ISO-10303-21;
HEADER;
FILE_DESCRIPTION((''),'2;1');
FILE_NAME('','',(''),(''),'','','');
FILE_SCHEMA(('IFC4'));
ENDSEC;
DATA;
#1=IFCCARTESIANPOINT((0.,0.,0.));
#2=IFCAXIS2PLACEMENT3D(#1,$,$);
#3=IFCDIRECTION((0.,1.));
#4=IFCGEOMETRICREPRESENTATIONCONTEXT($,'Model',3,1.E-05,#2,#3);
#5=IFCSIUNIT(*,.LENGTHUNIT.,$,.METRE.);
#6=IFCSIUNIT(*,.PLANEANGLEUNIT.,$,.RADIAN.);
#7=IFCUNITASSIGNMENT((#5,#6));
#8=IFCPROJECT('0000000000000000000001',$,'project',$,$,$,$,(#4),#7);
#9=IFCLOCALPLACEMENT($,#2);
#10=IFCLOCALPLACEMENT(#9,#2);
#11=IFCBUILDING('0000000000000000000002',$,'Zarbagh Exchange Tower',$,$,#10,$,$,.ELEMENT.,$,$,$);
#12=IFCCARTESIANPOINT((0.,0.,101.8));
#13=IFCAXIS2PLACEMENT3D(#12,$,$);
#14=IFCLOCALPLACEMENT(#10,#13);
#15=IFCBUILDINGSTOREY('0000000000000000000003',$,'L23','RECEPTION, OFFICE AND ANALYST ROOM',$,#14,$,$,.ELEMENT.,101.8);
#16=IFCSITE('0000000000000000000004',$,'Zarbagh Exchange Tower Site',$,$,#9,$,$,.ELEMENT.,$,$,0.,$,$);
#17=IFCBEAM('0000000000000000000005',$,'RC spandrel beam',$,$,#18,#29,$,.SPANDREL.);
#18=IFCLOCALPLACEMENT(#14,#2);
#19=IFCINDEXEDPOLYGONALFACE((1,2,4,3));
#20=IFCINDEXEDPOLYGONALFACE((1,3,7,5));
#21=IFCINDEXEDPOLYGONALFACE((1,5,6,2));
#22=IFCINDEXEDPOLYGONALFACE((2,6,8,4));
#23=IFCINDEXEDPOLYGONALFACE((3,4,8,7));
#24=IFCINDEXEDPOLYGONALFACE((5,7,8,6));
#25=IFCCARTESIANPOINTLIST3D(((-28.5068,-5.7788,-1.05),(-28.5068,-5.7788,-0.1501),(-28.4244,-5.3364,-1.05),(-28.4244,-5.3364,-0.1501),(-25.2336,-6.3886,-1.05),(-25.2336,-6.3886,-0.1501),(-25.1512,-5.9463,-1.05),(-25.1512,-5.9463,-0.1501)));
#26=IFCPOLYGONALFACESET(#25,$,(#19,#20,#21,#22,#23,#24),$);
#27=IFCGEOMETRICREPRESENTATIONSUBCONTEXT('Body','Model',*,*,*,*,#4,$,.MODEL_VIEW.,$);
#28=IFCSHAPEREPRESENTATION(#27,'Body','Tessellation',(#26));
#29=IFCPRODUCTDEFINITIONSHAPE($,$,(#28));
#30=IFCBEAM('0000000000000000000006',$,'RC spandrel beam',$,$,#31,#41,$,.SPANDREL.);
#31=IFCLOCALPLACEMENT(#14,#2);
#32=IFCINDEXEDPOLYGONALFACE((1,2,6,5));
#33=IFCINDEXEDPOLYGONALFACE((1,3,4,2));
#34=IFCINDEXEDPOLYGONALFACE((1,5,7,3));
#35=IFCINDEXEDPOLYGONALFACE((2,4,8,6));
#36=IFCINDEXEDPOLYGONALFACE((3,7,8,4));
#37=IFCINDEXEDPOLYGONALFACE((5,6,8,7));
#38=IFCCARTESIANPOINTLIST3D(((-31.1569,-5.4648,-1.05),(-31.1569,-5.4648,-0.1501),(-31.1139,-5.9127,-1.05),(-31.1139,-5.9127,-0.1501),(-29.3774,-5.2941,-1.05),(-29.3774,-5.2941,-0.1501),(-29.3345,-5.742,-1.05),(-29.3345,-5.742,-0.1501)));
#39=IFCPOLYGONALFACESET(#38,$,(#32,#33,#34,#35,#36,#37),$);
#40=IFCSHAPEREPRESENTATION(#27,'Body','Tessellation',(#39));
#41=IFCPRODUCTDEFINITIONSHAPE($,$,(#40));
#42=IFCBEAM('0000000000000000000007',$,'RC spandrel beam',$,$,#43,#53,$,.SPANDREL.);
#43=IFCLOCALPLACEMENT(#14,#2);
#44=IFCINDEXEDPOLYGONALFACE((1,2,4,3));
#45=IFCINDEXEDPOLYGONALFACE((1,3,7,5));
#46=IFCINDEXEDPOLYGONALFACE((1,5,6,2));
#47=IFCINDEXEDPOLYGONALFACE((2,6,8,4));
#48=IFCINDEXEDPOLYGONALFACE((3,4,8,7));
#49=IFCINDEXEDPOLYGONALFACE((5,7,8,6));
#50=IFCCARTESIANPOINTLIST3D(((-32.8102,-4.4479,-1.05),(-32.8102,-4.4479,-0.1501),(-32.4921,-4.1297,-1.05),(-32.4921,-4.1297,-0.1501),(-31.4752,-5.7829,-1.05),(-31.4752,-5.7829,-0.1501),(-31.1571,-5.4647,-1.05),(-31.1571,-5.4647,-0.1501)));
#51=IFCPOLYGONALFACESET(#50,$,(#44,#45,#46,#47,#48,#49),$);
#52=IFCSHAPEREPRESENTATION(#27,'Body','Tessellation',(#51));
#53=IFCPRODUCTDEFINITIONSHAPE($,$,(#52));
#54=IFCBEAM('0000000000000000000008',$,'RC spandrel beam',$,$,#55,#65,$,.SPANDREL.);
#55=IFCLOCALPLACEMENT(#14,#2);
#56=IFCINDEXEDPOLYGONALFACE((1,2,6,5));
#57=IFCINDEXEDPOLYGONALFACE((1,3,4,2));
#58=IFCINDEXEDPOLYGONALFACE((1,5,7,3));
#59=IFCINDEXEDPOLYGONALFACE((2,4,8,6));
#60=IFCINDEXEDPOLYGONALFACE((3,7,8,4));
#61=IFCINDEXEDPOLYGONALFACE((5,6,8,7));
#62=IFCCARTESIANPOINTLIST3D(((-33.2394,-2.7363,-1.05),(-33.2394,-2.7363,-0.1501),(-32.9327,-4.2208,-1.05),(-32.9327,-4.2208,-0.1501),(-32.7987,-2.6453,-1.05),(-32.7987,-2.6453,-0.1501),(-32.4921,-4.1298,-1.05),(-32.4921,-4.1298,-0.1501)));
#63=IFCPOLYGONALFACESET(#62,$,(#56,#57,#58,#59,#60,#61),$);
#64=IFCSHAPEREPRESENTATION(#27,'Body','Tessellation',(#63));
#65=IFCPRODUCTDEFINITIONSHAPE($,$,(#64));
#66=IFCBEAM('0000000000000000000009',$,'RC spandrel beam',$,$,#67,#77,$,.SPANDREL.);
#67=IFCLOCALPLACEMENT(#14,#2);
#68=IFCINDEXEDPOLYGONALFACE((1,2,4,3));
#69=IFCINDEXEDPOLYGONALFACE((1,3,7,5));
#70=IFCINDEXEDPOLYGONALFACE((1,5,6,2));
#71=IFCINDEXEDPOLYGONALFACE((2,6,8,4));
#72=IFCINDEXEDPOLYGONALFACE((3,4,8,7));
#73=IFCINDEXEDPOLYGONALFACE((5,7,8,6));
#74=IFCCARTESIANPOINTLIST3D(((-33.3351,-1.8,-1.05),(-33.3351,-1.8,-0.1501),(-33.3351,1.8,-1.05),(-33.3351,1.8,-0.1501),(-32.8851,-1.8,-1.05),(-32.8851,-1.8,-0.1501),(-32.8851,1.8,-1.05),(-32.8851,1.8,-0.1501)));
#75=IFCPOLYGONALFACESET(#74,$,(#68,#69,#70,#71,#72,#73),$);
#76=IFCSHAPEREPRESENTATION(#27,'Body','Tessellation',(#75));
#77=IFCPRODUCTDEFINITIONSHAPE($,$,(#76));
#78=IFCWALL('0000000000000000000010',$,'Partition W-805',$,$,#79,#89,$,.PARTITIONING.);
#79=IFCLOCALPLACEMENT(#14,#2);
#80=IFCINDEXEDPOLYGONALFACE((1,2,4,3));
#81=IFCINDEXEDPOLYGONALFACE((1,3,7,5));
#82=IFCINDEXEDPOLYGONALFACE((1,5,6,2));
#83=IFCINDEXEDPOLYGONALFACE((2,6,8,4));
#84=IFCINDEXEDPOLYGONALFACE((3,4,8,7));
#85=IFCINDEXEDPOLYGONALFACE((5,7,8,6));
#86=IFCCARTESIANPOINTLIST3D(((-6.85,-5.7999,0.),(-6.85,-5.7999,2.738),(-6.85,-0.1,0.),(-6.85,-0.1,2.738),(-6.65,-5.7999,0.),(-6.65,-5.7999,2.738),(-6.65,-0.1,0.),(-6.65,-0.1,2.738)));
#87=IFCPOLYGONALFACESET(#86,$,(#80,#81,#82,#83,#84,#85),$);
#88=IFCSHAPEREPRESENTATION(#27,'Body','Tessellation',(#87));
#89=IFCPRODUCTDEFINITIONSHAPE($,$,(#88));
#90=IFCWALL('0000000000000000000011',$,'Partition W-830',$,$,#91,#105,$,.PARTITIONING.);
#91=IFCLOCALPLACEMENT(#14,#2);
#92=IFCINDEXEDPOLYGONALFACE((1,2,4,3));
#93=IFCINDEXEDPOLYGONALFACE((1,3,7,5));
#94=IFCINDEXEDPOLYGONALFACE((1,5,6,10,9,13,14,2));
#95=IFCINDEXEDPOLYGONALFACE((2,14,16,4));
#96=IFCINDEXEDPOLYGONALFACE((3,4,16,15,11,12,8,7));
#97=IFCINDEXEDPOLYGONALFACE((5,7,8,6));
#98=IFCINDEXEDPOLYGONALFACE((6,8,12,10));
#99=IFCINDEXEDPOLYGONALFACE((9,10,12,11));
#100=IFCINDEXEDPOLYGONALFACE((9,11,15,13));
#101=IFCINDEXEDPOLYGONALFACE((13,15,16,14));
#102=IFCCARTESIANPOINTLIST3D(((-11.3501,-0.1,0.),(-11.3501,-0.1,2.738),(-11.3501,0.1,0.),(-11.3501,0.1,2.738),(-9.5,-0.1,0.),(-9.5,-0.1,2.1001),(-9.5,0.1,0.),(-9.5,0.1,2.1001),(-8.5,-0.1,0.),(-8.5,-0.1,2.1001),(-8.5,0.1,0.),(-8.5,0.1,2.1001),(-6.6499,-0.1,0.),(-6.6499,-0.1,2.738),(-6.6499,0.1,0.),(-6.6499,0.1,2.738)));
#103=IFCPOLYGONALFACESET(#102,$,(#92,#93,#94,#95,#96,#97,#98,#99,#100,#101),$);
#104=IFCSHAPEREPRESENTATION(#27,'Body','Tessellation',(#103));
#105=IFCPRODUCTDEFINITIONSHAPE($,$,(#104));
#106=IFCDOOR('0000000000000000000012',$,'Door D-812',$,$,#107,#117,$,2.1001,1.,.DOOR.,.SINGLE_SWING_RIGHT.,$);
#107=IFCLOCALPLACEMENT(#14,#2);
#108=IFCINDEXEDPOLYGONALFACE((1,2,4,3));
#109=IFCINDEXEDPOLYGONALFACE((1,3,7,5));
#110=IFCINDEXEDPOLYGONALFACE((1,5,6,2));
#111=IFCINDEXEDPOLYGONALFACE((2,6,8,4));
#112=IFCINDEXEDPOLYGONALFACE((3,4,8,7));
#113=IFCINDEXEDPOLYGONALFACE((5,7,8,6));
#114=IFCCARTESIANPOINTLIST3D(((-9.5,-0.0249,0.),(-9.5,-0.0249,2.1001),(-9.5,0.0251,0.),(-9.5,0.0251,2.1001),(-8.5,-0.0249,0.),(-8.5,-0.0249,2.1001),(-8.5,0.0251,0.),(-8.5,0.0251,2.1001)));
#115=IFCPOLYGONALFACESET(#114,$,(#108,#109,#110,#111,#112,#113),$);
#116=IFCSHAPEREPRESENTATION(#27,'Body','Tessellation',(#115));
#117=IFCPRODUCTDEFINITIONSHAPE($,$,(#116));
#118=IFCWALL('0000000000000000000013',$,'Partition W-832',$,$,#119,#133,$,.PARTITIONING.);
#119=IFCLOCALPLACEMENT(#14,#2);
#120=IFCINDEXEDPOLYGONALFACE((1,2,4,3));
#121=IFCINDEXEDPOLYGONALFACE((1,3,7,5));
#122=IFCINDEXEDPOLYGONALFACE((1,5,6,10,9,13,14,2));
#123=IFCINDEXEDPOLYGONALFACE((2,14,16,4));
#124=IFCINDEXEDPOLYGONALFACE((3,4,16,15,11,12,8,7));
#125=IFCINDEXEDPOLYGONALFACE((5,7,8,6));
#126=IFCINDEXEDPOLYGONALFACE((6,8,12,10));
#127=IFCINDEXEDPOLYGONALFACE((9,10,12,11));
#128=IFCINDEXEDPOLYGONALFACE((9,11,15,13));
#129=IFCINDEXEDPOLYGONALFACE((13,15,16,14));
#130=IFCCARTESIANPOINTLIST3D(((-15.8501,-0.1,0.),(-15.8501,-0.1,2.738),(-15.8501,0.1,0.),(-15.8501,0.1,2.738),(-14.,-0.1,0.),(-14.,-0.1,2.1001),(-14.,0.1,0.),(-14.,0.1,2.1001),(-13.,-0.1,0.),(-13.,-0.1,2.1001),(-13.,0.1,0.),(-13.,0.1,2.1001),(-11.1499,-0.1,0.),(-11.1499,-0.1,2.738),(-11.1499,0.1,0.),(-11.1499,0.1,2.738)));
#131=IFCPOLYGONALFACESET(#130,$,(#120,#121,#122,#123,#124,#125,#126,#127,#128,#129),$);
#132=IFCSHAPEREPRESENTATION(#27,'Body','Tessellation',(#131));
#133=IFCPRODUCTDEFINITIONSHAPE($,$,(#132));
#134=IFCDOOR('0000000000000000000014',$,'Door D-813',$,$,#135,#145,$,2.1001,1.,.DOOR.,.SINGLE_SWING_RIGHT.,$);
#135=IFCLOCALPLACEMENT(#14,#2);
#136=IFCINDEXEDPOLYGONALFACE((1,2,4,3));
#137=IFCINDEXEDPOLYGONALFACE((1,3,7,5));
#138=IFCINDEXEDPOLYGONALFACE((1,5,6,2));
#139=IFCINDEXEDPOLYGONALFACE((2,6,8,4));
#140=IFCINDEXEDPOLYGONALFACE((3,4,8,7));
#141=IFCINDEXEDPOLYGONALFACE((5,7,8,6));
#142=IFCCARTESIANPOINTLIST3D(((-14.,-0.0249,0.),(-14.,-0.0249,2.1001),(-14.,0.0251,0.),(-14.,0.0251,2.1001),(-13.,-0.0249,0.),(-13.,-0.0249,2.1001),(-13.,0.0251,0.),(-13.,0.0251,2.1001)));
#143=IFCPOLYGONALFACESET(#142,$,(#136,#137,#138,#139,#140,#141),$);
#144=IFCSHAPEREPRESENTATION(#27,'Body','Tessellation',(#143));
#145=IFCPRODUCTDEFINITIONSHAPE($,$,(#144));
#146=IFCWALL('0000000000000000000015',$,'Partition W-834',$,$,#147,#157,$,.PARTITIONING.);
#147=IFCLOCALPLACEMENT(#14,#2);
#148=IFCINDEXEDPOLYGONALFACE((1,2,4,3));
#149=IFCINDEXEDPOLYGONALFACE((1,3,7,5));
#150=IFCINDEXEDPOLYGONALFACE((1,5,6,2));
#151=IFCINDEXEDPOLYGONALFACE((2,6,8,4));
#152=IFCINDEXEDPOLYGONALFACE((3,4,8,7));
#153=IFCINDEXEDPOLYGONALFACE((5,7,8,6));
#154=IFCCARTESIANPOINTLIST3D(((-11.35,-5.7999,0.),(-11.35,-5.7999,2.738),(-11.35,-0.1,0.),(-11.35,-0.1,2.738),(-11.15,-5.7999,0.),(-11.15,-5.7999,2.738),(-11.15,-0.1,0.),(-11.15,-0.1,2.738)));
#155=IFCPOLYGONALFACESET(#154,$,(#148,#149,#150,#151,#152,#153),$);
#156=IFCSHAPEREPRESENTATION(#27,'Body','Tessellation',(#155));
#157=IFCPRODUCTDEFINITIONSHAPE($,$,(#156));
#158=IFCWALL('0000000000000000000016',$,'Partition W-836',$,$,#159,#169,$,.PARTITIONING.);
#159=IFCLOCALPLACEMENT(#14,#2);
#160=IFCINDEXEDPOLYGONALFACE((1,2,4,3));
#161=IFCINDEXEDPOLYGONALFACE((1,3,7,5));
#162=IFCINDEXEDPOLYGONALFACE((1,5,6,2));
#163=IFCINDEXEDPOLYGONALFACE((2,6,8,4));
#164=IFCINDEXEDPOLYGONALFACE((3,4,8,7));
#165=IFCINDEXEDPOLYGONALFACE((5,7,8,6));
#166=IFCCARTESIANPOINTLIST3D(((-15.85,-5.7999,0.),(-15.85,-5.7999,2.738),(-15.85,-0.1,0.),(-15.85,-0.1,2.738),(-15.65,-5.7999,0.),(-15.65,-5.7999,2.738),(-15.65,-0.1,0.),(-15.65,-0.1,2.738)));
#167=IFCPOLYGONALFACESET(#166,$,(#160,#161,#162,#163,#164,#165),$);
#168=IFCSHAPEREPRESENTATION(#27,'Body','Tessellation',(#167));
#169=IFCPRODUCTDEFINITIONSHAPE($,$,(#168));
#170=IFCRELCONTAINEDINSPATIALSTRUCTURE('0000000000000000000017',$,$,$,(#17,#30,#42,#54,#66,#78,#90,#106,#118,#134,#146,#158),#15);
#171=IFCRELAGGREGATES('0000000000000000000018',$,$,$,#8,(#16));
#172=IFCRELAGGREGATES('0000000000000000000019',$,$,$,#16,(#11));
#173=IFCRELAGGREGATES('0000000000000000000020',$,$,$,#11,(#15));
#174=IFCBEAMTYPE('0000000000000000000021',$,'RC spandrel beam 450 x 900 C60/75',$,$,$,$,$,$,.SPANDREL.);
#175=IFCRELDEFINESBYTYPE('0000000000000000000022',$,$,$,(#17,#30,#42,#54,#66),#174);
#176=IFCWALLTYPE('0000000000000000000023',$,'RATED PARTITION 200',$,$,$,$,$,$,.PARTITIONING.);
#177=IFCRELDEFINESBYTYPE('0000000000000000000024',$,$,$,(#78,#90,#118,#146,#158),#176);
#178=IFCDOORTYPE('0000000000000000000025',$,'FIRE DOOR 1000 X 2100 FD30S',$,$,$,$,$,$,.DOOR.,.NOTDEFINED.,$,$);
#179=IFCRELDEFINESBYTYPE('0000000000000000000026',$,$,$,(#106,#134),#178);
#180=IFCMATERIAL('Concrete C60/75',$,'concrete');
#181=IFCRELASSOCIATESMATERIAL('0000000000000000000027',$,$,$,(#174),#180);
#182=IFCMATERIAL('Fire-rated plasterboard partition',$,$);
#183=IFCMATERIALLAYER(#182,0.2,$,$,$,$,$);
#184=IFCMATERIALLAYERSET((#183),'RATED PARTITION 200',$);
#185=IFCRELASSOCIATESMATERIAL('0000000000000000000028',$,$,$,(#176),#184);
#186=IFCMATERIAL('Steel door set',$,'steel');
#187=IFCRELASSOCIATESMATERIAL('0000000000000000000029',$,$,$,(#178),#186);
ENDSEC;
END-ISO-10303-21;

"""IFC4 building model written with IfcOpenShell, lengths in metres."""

from ifc_helpers import new_model, si_unit, direction, frame, frame_2d, origin, origin_2d, place, context, subcontext, project, spatial, rectangle, extrude, material, layer, layer_set, material_profile, profile_set, type_object, element, fill, save


model = new_model("IFC4")

# Units and contexts
model_context = context("Model", 3, precision=1e-05, world=origin(), true_north=direction((0.0, 1.0)))
body_context = subcontext(model_context, "Body", "Model", "MODEL_VIEW")
ifc_project = project(units=[si_unit("LENGTHUNIT", "METRE"), si_unit("PLANEANGLEUNIT", "RADIAN")], contexts=[model_context])

# Site, building, storey
site_placement = place(None, origin())
site = spatial("IfcSite", under=ifc_project, at=site_placement, Name="Zarbagh Exchange Tower Site", CompositionType="ELEMENT", RefElevation=0.0)
building_placement = place(site_placement, origin())
building = spatial("IfcBuilding", under=site, at=building_placement, Name="Zarbagh Exchange Tower", CompositionType="ELEMENT")
storey_placement = place(building_placement, frame((0.0, 0.0, 101.8)))
storey = spatial("IfcBuildingStorey", under=building, at=storey_placement, Name="L23", Description="RECEPTION, OFFICE AND ANALYST ROOM", CompositionType="ELEMENT", Elevation=101.8)

# Shared definitions
ifc_material_1 = material(Name="Concrete C60/75", Category="concrete")

# Beams
ifc_material_profile_1 = material_profile(ifc_material_1, rectangle(XDim=0.45, YDim=0.8999, at=origin_2d()), Name="RC spandrel beam 450 x 900 C60/75")
ifc_profile_set_1 = profile_set([ifc_material_profile_1], Name="Concrete C60/75")
beam_type_1 = type_object("IfcBeamType", Name="RC spandrel beam 450 x 900 C60/75", PredefinedType="SPANDREL", material=ifc_profile_set_1)
beam_1_placement = place(storey_placement, frame((-25.1924, -6.1675, -0.6001), z_axis=(-0.983082, 0.183168, 0.0), x_axis=(-0.183168, -0.983082, 0.0)))
element("IfcBeam", 1, at=beam_1_placement, inside=storey, type_object=beam_type_1, Name="RC spandrel beam", PredefinedType="SPANDREL", context=body_context, shape_type="SweptSolid", body=[
    extrude(rectangle(XDim=0.45, YDim=0.8999, at=origin_2d()), origin(), (0.0, 0.0, 1.0), 3.3296),
])
beam_2_placement = place(storey_placement, frame((-29.356, -5.5181, -0.6001), z_axis=(-0.995433, -0.09546, 0.0), x_axis=(0.09546, -0.995433, 0.0)))
element("IfcBeam", 2, at=beam_2_placement, inside=storey, type_object=beam_type_1, Name="RC spandrel beam", PredefinedType="SPANDREL", context=body_context, shape_type="SweptSolid", body=[
    extrude(rectangle(XDim=0.45, YDim=0.8999, at=origin_2d()), origin(), (0.0, 0.0, 1.0), 1.7876),
])
beam_3_placement = place(storey_placement, frame((-31.3162, -5.6238, -0.6001), z_axis=(-0.707107, 0.707107, 0.0), x_axis=(-0.707107, -0.707107, 0.0)))
element("IfcBeam", 3, at=beam_3_placement, inside=storey, type_object=beam_type_1, Name="RC spandrel beam", PredefinedType="SPANDREL", context=body_context, shape_type="SweptSolid", body=[
    extrude(rectangle(XDim=0.45, YDim=0.8999, at=origin_2d()), origin(), (0.0, 0.0, 1.0), 1.8879),
])
beam_4_placement = place(storey_placement, frame((-32.7124, -4.1753, -0.6001), z_axis=(-0.202275, 0.979329, 0.0), x_axis=(-0.979329, -0.202275, 0.0)))
element("IfcBeam", 4, at=beam_4_placement, inside=storey, type_object=beam_type_1, Name="RC spandrel beam", PredefinedType="SPANDREL", context=body_context, shape_type="SweptSolid", body=[
    extrude(rectangle(XDim=0.45, YDim=0.8999, at=origin_2d()), origin(), (0.0, 0.0, 1.0), 1.5159),
])
beam_5_placement = place(storey_placement, frame((-33.1101, -1.8, -0.6001), z_axis=(0.0, 1.0, 0.0), x_axis=(-1.0, 0.0, 0.0)))
element("IfcBeam", 5, at=beam_5_placement, inside=storey, type_object=beam_type_1, Name="RC spandrel beam", PredefinedType="SPANDREL", context=body_context, shape_type="SweptSolid", body=[
    extrude(rectangle(XDim=0.45, YDim=0.8999, at=origin_2d()), origin(), (0.0, 0.0, 1.0), 3.6001),
])

# Wall
ifc_material_2 = material(Name="Fire-rated plasterboard partition")
ifc_layer = layer(ifc_material_2, 0.2)
ifc_layer_set = layer_set([ifc_layer], Name="RATED PARTITION 200")
wall_type = type_object("IfcWallType", Name="RATED PARTITION 200", PredefinedType="PARTITIONING", material=ifc_layer_set)
wall_1_placement = place(storey_placement, frame((-6.75, -5.8, 0.0), z_axis=(0.0, 0.0, 1.0), x_axis=(0.0, 1.0, 0.0)))
element("IfcWall", 6, at=wall_1_placement, inside=storey, type_object=wall_type, Name="Partition W-805", PredefinedType="PARTITIONING", context=body_context, shape_type="SweptSolid", body=[
    extrude(rectangle(XDim=5.7, YDim=0.2, at=frame_2d((2.8501, 0.0))), origin(), (0.0, 0.0, 1.0), 2.738),
])

# Walls, openings, doors
wall_2_placement = place(storey_placement, frame((-6.6499, 0.0, 0.0), z_axis=(0.0, 0.0, 1.0), x_axis=(-1.0, 0.0, 0.0)))
wall_2 = element("IfcWall", 7, at=wall_2_placement, inside=storey, type_object=wall_type, Name="Partition W-830", PredefinedType="PARTITIONING", context=body_context, shape_type="SweptSolid", body=[
    extrude(rectangle(XDim=4.7002, YDim=0.2, at=frame_2d((2.3501, 0.0))), origin(), (0.0, 0.0, 1.0), 2.738),
])
opening_1_placement = place(wall_2_placement, frame((1.8501, 0.0, 0.0)))
opening_1 = element("IfcOpeningElement", 8, at=opening_1_placement, cuts=wall_2, PredefinedType="OPENING", context=body_context, shape_type="SweptSolid", body=[
    extrude(rectangle(XDim=1.0, YDim=2.1001, at=frame_2d((0.5, 1.05))), frame((0.0, 0.1099, 0.0), z_axis=(0.0, -1.0, 0.0), x_axis=(1.0, 0.0, 0.0)), (0.0, 0.0, 1.0), 0.22),
])
ifc_material_3 = material(Name="Steel door set", Category="steel")
door_type = type_object("IfcDoorType", Name="FIRE DOOR 1000 X 2100 FD30S", OperationType="NOTDEFINED", PredefinedType="DOOR", material=ifc_material_3)
door_1_placement = place(opening_1_placement, origin())
door_1 = element("IfcDoor", 9, at=door_1_placement, inside=storey, type_object=door_type, Name="Door D-812", OperationType="SINGLE_SWING_RIGHT", OverallHeight=2.1001, OverallWidth=1.0, PredefinedType="DOOR", context=body_context, shape_type="SweptSolid", body=[
    extrude(rectangle(XDim=1.0, YDim=2.1001, at=frame_2d((0.5, 1.05))), frame((0.0, 0.0249, 0.0), z_axis=(0.0, -1.0, 0.0), x_axis=(1.0, 0.0, 0.0)), (0.0, 0.0, 1.0), 0.05),
])
fill(opening_1, door_1)
wall_3_placement = place(storey_placement, frame((-11.1499, 0.0, 0.0), z_axis=(0.0, 0.0, 1.0), x_axis=(-1.0, 0.0, 0.0)))
wall_3 = element("IfcWall", 10, at=wall_3_placement, inside=storey, type_object=wall_type, Name="Partition W-832", PredefinedType="PARTITIONING", context=body_context, shape_type="SweptSolid", body=[
    extrude(rectangle(XDim=4.7002, YDim=0.2, at=frame_2d((2.3501, 0.0))), origin(), (0.0, 0.0, 1.0), 2.738),
])
opening_2_placement = place(wall_3_placement, frame((1.8501, 0.0, 0.0)))
opening_2 = element("IfcOpeningElement", 11, at=opening_2_placement, cuts=wall_3, PredefinedType="OPENING", context=body_context, shape_type="SweptSolid", body=[
    extrude(rectangle(XDim=1.0, YDim=2.1001, at=frame_2d((0.5, 1.05))), frame((0.0, 0.1099, 0.0), z_axis=(0.0, -1.0, 0.0), x_axis=(1.0, 0.0, 0.0)), (0.0, 0.0, 1.0), 0.22),
])
door_2_placement = place(opening_2_placement, origin())
door_2 = element("IfcDoor", 12, at=door_2_placement, inside=storey, type_object=door_type, Name="Door D-813", OperationType="SINGLE_SWING_RIGHT", OverallHeight=2.1001, OverallWidth=1.0, PredefinedType="DOOR", context=body_context, shape_type="SweptSolid", body=[
    extrude(rectangle(XDim=1.0, YDim=2.1001, at=frame_2d((0.5, 1.05))), frame((0.0, 0.0249, 0.0), z_axis=(0.0, -1.0, 0.0), x_axis=(1.0, 0.0, 0.0)), (0.0, 0.0, 1.0), 0.05),
])
fill(opening_2, door_2)

# Walls
for number, where, z_axis, x_axis, name in (
    (13, (-11.25, -5.8, 0.0), (0.0, 0.0, 1.0), (0.0, 1.0, 0.0), "Partition W-834"),
    (14, (-15.75, -5.8, 0.0), (0.0, 0.0, 1.0), (0.0, 1.0, 0.0), "Partition W-836"),
):
    element("IfcWall", number, at=place(storey_placement, frame(where, z_axis=z_axis, x_axis=x_axis)), inside=storey, type_object=wall_type, Name=name, PredefinedType="PARTITIONING", context=body_context, shape_type="SweptSolid", body=[
        extrude(rectangle(XDim=5.7, YDim=0.2, at=frame_2d((2.8501, 0.0))), origin(), (0.0, 0.0, 1.0), 2.738),
    ])

save(model, "model.ifc")
